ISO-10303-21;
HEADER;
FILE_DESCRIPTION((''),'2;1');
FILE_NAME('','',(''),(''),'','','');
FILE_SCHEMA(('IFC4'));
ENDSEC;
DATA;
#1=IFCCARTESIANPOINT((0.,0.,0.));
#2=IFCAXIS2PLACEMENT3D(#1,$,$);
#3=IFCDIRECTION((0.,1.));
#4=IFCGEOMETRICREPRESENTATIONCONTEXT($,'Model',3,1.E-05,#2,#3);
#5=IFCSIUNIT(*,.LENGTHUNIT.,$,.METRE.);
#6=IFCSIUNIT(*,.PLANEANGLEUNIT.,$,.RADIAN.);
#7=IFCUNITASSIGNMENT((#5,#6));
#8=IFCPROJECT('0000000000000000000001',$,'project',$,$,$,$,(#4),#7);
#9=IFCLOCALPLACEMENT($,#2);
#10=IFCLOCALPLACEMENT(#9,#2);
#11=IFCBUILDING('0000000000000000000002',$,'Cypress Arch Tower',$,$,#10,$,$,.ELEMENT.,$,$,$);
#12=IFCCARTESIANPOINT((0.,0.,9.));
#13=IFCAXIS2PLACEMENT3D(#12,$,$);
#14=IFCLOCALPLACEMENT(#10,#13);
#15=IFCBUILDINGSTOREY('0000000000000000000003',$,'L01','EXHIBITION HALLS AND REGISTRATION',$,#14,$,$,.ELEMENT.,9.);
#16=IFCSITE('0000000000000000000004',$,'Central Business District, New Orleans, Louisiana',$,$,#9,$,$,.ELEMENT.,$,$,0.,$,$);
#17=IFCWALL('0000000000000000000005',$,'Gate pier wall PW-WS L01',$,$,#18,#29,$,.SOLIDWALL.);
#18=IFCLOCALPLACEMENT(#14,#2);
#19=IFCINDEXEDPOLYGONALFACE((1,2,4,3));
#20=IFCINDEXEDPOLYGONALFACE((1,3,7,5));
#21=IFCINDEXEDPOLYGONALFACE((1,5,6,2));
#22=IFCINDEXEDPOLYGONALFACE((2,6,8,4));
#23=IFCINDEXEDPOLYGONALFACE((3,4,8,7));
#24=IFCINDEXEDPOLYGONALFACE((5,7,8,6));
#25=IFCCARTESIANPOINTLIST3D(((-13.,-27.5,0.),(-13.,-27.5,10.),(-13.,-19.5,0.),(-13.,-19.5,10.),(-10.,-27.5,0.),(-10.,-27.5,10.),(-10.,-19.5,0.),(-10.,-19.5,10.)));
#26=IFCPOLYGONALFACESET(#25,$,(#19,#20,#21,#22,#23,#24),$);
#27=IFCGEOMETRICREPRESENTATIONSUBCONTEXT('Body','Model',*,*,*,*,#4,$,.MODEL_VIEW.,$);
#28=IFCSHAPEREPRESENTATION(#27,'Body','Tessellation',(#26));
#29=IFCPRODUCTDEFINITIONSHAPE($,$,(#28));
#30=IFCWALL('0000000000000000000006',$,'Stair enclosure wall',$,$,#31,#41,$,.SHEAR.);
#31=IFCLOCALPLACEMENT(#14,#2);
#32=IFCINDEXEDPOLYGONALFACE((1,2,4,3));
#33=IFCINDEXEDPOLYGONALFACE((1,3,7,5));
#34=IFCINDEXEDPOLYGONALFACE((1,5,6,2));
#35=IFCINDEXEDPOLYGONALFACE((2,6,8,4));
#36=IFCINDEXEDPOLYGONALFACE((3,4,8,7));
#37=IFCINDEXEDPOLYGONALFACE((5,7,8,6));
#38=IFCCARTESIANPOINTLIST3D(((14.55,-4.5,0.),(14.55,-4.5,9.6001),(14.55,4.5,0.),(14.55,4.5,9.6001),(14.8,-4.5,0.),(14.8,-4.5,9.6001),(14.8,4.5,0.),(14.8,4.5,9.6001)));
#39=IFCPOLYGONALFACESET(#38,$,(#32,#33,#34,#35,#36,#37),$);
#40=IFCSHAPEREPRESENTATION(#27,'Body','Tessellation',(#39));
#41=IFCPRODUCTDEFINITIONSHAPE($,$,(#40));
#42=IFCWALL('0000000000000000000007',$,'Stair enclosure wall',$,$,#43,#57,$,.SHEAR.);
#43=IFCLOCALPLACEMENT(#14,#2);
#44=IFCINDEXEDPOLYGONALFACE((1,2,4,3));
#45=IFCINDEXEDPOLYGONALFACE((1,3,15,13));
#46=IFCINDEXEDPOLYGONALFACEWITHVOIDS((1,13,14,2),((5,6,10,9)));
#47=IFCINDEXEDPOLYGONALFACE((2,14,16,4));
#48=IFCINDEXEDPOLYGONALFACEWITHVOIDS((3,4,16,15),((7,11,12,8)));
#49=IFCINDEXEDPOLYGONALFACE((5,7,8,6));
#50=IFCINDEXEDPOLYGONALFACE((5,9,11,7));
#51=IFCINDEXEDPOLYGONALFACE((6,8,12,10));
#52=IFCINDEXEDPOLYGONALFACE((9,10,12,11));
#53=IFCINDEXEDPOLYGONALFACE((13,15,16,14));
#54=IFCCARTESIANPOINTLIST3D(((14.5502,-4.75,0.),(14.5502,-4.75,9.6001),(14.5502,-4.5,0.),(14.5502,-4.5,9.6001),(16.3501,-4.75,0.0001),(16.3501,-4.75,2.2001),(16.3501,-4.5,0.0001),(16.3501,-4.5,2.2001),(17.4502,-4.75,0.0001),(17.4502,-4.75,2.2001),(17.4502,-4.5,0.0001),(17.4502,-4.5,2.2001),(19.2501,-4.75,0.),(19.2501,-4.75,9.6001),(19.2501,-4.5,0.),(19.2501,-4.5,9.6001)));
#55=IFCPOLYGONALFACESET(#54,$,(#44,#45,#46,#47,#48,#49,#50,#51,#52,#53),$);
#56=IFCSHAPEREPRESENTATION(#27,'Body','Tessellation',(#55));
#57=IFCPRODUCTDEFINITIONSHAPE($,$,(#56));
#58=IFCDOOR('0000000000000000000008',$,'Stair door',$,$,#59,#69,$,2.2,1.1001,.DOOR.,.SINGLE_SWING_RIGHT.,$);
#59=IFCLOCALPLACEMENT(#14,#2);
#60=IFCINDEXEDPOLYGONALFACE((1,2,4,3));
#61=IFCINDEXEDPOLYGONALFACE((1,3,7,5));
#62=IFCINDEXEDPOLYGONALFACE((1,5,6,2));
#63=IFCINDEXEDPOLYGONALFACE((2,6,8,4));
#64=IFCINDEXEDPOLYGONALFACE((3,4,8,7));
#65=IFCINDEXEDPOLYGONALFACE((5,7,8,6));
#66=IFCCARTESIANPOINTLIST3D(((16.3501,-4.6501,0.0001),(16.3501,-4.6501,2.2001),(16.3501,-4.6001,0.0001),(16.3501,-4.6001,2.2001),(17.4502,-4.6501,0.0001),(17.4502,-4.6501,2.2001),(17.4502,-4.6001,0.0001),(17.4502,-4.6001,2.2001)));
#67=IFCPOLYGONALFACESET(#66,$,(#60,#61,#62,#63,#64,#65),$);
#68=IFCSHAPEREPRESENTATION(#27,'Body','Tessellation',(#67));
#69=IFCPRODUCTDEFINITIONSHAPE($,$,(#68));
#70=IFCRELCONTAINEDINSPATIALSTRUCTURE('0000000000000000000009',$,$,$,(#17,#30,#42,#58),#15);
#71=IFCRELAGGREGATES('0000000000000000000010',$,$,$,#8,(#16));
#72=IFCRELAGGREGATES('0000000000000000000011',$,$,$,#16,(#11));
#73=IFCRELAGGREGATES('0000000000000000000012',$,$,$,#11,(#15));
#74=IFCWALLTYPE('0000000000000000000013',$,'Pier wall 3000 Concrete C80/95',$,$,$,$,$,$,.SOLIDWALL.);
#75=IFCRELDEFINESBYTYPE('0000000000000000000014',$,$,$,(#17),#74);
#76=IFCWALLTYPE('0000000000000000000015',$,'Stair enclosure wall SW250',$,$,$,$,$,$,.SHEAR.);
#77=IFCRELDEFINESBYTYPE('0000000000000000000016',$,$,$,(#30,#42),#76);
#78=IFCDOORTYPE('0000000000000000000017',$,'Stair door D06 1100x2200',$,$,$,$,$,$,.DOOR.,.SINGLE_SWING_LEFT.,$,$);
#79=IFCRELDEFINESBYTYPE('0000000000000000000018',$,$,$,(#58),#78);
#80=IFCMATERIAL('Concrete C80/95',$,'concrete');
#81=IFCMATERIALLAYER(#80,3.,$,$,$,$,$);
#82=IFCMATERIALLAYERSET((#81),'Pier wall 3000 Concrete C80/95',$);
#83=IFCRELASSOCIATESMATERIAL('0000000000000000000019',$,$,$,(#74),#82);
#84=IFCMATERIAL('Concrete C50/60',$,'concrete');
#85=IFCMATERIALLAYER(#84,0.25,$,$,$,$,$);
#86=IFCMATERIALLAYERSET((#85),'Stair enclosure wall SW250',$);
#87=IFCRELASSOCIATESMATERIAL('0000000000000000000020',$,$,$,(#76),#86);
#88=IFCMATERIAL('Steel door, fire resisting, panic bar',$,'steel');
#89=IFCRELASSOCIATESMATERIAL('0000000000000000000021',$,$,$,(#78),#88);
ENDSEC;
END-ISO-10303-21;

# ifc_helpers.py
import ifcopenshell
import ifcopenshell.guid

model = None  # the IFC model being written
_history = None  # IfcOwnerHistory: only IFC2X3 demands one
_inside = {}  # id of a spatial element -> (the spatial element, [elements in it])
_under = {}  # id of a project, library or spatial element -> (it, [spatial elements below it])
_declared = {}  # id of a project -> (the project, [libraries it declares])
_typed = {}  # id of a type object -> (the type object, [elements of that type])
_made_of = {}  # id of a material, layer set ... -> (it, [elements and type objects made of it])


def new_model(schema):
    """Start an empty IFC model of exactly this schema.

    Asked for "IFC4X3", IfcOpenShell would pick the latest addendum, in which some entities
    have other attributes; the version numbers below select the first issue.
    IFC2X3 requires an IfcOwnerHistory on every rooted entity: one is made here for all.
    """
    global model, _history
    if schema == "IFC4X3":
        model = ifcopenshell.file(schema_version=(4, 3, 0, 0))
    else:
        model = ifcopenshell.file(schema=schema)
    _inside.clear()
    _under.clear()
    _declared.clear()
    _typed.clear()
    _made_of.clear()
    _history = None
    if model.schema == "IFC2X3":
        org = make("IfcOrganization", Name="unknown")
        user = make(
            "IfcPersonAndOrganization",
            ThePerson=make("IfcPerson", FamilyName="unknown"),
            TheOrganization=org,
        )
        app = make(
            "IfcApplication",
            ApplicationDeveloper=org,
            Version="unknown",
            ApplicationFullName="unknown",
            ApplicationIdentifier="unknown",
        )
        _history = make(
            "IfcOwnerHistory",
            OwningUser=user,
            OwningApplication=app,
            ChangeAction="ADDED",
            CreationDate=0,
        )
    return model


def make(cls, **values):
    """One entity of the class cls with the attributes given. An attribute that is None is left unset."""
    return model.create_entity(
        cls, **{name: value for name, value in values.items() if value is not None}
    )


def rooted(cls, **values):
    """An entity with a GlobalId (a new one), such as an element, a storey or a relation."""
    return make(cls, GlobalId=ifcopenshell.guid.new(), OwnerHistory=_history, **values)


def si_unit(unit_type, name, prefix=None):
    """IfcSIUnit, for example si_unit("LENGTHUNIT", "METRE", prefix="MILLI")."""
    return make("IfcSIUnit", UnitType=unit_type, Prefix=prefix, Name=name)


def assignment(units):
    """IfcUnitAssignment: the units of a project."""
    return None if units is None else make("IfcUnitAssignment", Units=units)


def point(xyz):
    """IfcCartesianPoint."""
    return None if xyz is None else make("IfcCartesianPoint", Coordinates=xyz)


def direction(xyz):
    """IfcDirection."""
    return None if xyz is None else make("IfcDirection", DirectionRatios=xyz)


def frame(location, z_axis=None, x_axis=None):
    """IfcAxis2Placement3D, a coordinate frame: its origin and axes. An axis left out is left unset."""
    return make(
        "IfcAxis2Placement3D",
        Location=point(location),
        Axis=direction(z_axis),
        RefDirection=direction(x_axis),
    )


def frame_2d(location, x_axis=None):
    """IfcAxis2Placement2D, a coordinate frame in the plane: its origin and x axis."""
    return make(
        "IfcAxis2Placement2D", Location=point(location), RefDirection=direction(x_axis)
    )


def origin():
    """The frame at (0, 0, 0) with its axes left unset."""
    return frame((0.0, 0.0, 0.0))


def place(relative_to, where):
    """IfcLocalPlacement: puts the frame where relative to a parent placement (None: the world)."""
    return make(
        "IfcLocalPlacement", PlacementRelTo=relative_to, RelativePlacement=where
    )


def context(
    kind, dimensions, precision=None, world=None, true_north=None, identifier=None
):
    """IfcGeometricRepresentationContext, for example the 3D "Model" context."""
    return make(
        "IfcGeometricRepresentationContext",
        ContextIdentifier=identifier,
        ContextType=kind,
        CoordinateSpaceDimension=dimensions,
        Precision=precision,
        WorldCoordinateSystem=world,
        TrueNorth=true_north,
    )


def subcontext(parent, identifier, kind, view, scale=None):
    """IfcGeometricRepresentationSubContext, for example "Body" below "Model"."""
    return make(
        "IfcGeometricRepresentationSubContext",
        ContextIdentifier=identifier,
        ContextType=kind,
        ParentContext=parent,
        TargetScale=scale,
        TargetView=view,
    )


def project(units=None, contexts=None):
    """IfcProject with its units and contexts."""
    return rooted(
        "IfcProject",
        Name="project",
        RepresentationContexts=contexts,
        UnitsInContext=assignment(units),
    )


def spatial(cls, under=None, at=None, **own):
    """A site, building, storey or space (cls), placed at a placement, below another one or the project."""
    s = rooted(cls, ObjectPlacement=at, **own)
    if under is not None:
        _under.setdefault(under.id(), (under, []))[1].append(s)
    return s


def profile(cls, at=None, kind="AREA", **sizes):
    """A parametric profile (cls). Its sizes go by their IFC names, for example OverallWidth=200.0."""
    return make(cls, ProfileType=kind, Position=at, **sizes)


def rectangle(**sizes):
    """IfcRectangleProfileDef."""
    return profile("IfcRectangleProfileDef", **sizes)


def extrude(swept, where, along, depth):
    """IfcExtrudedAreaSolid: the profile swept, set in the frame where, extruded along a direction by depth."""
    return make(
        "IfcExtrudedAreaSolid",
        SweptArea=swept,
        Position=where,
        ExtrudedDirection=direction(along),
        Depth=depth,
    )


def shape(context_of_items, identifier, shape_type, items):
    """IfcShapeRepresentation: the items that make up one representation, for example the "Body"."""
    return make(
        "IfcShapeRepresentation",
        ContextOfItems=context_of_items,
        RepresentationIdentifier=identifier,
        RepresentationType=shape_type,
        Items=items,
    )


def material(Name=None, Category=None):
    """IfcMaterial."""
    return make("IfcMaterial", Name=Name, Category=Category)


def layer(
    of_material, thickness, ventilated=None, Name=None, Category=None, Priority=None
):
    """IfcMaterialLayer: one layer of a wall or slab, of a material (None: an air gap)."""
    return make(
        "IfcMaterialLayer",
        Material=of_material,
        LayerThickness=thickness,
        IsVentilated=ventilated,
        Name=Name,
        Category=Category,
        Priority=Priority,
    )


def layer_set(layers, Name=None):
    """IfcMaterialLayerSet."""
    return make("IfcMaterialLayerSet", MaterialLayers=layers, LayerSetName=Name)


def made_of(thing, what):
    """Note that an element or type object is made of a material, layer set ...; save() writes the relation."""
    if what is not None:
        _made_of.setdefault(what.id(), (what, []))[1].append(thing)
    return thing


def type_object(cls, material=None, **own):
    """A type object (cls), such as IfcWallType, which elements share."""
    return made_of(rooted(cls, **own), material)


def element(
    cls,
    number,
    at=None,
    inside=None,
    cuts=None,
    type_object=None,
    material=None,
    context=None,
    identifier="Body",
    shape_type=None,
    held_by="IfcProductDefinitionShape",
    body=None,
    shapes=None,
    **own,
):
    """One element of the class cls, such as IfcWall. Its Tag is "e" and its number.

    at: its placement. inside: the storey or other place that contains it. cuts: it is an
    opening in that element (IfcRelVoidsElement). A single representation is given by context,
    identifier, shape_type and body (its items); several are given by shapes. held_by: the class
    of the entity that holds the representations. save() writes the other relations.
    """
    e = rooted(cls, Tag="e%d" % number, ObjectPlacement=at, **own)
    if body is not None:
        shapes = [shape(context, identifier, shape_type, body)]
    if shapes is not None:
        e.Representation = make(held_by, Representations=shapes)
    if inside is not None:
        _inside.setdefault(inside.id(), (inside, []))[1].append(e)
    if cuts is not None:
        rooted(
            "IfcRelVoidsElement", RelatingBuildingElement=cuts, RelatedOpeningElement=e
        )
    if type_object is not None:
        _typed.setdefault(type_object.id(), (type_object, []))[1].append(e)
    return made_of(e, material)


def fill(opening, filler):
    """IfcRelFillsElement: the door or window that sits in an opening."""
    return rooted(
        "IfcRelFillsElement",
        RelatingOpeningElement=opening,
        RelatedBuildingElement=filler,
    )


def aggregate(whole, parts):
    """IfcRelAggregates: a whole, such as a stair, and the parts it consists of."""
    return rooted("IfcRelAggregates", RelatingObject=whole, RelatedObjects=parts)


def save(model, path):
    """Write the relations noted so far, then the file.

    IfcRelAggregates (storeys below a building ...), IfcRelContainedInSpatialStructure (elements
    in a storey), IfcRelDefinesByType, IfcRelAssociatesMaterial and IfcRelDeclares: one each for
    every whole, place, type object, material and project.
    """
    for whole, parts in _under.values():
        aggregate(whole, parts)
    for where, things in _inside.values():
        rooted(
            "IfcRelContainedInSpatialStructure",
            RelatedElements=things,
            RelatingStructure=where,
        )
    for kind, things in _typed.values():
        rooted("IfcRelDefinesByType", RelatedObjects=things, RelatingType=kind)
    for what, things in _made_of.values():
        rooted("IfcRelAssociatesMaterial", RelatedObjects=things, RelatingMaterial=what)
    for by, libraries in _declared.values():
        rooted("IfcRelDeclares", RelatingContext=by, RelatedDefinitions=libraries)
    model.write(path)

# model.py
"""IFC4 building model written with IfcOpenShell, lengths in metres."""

from ifc_helpers import new_model, si_unit, direction, frame, frame_2d, origin, place, context, subcontext, project, spatial, rectangle, extrude, material, layer, layer_set, type_object, element, fill, save


model = new_model("IFC4")

# Units and contexts
model_context = context("Model", 3, precision=1e-05, world=origin(), true_north=direction((0.0, 1.0)))
body_context = subcontext(model_context, "Body", "Model", "MODEL_VIEW")
ifc_project = project(units=[si_unit("LENGTHUNIT", "METRE"), si_unit("PLANEANGLEUNIT", "RADIAN")], contexts=[model_context])

# Site, building, storey
site_placement = place(None, origin())
site = spatial("IfcSite", under=ifc_project, at=site_placement, Name="Central Business District, New Orleans, Louisiana", CompositionType="ELEMENT", RefElevation=0.0)
building_placement = place(site_placement, origin())
building = spatial("IfcBuilding", under=site, at=building_placement, Name="Cypress Arch Tower", CompositionType="ELEMENT")
storey_placement = place(building_placement, frame((0.0, 0.0, 9.0)))
storey = spatial("IfcBuildingStorey", under=building, at=storey_placement, Name="L01", Description="EXHIBITION HALLS AND REGISTRATION", CompositionType="ELEMENT", Elevation=9.0)

# Walls
ifc_material_1 = material(Name="Concrete C80/95", Category="concrete")
ifc_layer_1 = layer(ifc_material_1, 3.0)
ifc_layer_set_1 = layer_set([ifc_layer_1], Name="Pier wall 3000 Concrete C80/95")
wall_type_1 = type_object("IfcWallType", Name="Pier wall 3000 Concrete C80/95", PredefinedType="SOLIDWALL", material=ifc_layer_set_1)
wall_1_placement = place(storey_placement, frame((-11.5, -27.5, 0.0), z_axis=(0.0, 0.0, 1.0), x_axis=(0.0, 1.0, 0.0)))
element("IfcWall", 1, at=wall_1_placement, inside=storey, type_object=wall_type_1, Name="Gate pier wall PW-WS L01", PredefinedType="SOLIDWALL", context=body_context, shape_type="SweptSolid", body=[
    extrude(rectangle(XDim=8.0, YDim=3.0, at=frame_2d((4.0, 0.0))), origin(), (0.0, 0.0, 1.0), 10.0),
])
ifc_material_2 = material(Name="Concrete C50/60", Category="concrete")
ifc_layer_2 = layer(ifc_material_2, 0.25)
ifc_layer_set_2 = layer_set([ifc_layer_2], Name="Stair enclosure wall SW250")
wall_type_2 = type_object("IfcWallType", Name="Stair enclosure wall SW250", PredefinedType="SHEAR", material=ifc_layer_set_2)
wall_2_placement = place(storey_placement, frame((14.675, -4.5, 0.0), z_axis=(0.0, 0.0, 1.0), x_axis=(0.0, 1.0, 0.0)))
element("IfcWall", 2, at=wall_2_placement, inside=storey, type_object=wall_type_2, Name="Stair enclosure wall", PredefinedType="SHEAR", context=body_context, shape_type="SweptSolid", body=[
    extrude(rectangle(XDim=9.0, YDim=0.25, at=frame_2d((4.5, 0.0))), origin(), (0.0, 0.0, 1.0), 9.6001),
])

# Wall, opening, door
wall_3_placement = place(storey_placement, frame((14.55, -4.625, 0.0), z_axis=(0.0, 0.0, 1.0), x_axis=(1.0, 0.0, 0.0)))
wall_3 = element("IfcWall", 3, at=wall_3_placement, inside=storey, type_object=wall_type_2, Name="Stair enclosure wall", PredefinedType="SHEAR", context=body_context, shape_type="SweptSolid", body=[
    extrude(rectangle(XDim=4.7, YDim=0.25, at=frame_2d((2.3501, 0.0))), origin(), (0.0, 0.0, 1.0), 9.6001),
])
opening_1_placement = place(wall_3_placement, frame((1.8, 0.0, 0.0)))
opening_1 = element("IfcOpeningElement", 4, at=opening_1_placement, cuts=wall_3, PredefinedType="OPENING", context=body_context, shape_type="SweptSolid", body=[
    extrude(rectangle(XDim=1.1001, YDim=2.2, at=frame_2d((0.55, 1.1001))), frame((0.0, 0.135, 0.0), z_axis=(0.0, -1.0, 0.0), x_axis=(1.0, 0.0, 0.0)), (0.0, 0.0, 1.0), 0.27),
])
ifc_material_3 = material(Name="Steel door, fire resisting, panic bar", Category="steel")
door_type_1 = type_object("IfcDoorType", Name="Stair door D06 1100x2200", OperationType="SINGLE_SWING_LEFT", PredefinedType="DOOR", material=ifc_material_3)
door_1_placement = place(opening_1_placement, origin())
door_1 = element("IfcDoor", 5, at=door_1_placement, inside=storey, type_object=door_type_1, Name="Stair door", OperationType="SINGLE_SWING_RIGHT", OverallHeight=2.2, OverallWidth=1.1001, PredefinedType="DOOR", context=body_context, shape_type="SweptSolid", body=[
    extrude(rectangle(XDim=1.1001, YDim=2.2, at=frame_2d((0.55, 1.1001))), frame((0.0, 0.0249, 0.0), z_axis=(0.0, -1.0, 0.0), x_axis=(1.0, 0.0, 0.0)), (0.0, 0.0, 1.0), 0.05),
])
fill(opening_1, door_1)

save(model, "model.ifc")
